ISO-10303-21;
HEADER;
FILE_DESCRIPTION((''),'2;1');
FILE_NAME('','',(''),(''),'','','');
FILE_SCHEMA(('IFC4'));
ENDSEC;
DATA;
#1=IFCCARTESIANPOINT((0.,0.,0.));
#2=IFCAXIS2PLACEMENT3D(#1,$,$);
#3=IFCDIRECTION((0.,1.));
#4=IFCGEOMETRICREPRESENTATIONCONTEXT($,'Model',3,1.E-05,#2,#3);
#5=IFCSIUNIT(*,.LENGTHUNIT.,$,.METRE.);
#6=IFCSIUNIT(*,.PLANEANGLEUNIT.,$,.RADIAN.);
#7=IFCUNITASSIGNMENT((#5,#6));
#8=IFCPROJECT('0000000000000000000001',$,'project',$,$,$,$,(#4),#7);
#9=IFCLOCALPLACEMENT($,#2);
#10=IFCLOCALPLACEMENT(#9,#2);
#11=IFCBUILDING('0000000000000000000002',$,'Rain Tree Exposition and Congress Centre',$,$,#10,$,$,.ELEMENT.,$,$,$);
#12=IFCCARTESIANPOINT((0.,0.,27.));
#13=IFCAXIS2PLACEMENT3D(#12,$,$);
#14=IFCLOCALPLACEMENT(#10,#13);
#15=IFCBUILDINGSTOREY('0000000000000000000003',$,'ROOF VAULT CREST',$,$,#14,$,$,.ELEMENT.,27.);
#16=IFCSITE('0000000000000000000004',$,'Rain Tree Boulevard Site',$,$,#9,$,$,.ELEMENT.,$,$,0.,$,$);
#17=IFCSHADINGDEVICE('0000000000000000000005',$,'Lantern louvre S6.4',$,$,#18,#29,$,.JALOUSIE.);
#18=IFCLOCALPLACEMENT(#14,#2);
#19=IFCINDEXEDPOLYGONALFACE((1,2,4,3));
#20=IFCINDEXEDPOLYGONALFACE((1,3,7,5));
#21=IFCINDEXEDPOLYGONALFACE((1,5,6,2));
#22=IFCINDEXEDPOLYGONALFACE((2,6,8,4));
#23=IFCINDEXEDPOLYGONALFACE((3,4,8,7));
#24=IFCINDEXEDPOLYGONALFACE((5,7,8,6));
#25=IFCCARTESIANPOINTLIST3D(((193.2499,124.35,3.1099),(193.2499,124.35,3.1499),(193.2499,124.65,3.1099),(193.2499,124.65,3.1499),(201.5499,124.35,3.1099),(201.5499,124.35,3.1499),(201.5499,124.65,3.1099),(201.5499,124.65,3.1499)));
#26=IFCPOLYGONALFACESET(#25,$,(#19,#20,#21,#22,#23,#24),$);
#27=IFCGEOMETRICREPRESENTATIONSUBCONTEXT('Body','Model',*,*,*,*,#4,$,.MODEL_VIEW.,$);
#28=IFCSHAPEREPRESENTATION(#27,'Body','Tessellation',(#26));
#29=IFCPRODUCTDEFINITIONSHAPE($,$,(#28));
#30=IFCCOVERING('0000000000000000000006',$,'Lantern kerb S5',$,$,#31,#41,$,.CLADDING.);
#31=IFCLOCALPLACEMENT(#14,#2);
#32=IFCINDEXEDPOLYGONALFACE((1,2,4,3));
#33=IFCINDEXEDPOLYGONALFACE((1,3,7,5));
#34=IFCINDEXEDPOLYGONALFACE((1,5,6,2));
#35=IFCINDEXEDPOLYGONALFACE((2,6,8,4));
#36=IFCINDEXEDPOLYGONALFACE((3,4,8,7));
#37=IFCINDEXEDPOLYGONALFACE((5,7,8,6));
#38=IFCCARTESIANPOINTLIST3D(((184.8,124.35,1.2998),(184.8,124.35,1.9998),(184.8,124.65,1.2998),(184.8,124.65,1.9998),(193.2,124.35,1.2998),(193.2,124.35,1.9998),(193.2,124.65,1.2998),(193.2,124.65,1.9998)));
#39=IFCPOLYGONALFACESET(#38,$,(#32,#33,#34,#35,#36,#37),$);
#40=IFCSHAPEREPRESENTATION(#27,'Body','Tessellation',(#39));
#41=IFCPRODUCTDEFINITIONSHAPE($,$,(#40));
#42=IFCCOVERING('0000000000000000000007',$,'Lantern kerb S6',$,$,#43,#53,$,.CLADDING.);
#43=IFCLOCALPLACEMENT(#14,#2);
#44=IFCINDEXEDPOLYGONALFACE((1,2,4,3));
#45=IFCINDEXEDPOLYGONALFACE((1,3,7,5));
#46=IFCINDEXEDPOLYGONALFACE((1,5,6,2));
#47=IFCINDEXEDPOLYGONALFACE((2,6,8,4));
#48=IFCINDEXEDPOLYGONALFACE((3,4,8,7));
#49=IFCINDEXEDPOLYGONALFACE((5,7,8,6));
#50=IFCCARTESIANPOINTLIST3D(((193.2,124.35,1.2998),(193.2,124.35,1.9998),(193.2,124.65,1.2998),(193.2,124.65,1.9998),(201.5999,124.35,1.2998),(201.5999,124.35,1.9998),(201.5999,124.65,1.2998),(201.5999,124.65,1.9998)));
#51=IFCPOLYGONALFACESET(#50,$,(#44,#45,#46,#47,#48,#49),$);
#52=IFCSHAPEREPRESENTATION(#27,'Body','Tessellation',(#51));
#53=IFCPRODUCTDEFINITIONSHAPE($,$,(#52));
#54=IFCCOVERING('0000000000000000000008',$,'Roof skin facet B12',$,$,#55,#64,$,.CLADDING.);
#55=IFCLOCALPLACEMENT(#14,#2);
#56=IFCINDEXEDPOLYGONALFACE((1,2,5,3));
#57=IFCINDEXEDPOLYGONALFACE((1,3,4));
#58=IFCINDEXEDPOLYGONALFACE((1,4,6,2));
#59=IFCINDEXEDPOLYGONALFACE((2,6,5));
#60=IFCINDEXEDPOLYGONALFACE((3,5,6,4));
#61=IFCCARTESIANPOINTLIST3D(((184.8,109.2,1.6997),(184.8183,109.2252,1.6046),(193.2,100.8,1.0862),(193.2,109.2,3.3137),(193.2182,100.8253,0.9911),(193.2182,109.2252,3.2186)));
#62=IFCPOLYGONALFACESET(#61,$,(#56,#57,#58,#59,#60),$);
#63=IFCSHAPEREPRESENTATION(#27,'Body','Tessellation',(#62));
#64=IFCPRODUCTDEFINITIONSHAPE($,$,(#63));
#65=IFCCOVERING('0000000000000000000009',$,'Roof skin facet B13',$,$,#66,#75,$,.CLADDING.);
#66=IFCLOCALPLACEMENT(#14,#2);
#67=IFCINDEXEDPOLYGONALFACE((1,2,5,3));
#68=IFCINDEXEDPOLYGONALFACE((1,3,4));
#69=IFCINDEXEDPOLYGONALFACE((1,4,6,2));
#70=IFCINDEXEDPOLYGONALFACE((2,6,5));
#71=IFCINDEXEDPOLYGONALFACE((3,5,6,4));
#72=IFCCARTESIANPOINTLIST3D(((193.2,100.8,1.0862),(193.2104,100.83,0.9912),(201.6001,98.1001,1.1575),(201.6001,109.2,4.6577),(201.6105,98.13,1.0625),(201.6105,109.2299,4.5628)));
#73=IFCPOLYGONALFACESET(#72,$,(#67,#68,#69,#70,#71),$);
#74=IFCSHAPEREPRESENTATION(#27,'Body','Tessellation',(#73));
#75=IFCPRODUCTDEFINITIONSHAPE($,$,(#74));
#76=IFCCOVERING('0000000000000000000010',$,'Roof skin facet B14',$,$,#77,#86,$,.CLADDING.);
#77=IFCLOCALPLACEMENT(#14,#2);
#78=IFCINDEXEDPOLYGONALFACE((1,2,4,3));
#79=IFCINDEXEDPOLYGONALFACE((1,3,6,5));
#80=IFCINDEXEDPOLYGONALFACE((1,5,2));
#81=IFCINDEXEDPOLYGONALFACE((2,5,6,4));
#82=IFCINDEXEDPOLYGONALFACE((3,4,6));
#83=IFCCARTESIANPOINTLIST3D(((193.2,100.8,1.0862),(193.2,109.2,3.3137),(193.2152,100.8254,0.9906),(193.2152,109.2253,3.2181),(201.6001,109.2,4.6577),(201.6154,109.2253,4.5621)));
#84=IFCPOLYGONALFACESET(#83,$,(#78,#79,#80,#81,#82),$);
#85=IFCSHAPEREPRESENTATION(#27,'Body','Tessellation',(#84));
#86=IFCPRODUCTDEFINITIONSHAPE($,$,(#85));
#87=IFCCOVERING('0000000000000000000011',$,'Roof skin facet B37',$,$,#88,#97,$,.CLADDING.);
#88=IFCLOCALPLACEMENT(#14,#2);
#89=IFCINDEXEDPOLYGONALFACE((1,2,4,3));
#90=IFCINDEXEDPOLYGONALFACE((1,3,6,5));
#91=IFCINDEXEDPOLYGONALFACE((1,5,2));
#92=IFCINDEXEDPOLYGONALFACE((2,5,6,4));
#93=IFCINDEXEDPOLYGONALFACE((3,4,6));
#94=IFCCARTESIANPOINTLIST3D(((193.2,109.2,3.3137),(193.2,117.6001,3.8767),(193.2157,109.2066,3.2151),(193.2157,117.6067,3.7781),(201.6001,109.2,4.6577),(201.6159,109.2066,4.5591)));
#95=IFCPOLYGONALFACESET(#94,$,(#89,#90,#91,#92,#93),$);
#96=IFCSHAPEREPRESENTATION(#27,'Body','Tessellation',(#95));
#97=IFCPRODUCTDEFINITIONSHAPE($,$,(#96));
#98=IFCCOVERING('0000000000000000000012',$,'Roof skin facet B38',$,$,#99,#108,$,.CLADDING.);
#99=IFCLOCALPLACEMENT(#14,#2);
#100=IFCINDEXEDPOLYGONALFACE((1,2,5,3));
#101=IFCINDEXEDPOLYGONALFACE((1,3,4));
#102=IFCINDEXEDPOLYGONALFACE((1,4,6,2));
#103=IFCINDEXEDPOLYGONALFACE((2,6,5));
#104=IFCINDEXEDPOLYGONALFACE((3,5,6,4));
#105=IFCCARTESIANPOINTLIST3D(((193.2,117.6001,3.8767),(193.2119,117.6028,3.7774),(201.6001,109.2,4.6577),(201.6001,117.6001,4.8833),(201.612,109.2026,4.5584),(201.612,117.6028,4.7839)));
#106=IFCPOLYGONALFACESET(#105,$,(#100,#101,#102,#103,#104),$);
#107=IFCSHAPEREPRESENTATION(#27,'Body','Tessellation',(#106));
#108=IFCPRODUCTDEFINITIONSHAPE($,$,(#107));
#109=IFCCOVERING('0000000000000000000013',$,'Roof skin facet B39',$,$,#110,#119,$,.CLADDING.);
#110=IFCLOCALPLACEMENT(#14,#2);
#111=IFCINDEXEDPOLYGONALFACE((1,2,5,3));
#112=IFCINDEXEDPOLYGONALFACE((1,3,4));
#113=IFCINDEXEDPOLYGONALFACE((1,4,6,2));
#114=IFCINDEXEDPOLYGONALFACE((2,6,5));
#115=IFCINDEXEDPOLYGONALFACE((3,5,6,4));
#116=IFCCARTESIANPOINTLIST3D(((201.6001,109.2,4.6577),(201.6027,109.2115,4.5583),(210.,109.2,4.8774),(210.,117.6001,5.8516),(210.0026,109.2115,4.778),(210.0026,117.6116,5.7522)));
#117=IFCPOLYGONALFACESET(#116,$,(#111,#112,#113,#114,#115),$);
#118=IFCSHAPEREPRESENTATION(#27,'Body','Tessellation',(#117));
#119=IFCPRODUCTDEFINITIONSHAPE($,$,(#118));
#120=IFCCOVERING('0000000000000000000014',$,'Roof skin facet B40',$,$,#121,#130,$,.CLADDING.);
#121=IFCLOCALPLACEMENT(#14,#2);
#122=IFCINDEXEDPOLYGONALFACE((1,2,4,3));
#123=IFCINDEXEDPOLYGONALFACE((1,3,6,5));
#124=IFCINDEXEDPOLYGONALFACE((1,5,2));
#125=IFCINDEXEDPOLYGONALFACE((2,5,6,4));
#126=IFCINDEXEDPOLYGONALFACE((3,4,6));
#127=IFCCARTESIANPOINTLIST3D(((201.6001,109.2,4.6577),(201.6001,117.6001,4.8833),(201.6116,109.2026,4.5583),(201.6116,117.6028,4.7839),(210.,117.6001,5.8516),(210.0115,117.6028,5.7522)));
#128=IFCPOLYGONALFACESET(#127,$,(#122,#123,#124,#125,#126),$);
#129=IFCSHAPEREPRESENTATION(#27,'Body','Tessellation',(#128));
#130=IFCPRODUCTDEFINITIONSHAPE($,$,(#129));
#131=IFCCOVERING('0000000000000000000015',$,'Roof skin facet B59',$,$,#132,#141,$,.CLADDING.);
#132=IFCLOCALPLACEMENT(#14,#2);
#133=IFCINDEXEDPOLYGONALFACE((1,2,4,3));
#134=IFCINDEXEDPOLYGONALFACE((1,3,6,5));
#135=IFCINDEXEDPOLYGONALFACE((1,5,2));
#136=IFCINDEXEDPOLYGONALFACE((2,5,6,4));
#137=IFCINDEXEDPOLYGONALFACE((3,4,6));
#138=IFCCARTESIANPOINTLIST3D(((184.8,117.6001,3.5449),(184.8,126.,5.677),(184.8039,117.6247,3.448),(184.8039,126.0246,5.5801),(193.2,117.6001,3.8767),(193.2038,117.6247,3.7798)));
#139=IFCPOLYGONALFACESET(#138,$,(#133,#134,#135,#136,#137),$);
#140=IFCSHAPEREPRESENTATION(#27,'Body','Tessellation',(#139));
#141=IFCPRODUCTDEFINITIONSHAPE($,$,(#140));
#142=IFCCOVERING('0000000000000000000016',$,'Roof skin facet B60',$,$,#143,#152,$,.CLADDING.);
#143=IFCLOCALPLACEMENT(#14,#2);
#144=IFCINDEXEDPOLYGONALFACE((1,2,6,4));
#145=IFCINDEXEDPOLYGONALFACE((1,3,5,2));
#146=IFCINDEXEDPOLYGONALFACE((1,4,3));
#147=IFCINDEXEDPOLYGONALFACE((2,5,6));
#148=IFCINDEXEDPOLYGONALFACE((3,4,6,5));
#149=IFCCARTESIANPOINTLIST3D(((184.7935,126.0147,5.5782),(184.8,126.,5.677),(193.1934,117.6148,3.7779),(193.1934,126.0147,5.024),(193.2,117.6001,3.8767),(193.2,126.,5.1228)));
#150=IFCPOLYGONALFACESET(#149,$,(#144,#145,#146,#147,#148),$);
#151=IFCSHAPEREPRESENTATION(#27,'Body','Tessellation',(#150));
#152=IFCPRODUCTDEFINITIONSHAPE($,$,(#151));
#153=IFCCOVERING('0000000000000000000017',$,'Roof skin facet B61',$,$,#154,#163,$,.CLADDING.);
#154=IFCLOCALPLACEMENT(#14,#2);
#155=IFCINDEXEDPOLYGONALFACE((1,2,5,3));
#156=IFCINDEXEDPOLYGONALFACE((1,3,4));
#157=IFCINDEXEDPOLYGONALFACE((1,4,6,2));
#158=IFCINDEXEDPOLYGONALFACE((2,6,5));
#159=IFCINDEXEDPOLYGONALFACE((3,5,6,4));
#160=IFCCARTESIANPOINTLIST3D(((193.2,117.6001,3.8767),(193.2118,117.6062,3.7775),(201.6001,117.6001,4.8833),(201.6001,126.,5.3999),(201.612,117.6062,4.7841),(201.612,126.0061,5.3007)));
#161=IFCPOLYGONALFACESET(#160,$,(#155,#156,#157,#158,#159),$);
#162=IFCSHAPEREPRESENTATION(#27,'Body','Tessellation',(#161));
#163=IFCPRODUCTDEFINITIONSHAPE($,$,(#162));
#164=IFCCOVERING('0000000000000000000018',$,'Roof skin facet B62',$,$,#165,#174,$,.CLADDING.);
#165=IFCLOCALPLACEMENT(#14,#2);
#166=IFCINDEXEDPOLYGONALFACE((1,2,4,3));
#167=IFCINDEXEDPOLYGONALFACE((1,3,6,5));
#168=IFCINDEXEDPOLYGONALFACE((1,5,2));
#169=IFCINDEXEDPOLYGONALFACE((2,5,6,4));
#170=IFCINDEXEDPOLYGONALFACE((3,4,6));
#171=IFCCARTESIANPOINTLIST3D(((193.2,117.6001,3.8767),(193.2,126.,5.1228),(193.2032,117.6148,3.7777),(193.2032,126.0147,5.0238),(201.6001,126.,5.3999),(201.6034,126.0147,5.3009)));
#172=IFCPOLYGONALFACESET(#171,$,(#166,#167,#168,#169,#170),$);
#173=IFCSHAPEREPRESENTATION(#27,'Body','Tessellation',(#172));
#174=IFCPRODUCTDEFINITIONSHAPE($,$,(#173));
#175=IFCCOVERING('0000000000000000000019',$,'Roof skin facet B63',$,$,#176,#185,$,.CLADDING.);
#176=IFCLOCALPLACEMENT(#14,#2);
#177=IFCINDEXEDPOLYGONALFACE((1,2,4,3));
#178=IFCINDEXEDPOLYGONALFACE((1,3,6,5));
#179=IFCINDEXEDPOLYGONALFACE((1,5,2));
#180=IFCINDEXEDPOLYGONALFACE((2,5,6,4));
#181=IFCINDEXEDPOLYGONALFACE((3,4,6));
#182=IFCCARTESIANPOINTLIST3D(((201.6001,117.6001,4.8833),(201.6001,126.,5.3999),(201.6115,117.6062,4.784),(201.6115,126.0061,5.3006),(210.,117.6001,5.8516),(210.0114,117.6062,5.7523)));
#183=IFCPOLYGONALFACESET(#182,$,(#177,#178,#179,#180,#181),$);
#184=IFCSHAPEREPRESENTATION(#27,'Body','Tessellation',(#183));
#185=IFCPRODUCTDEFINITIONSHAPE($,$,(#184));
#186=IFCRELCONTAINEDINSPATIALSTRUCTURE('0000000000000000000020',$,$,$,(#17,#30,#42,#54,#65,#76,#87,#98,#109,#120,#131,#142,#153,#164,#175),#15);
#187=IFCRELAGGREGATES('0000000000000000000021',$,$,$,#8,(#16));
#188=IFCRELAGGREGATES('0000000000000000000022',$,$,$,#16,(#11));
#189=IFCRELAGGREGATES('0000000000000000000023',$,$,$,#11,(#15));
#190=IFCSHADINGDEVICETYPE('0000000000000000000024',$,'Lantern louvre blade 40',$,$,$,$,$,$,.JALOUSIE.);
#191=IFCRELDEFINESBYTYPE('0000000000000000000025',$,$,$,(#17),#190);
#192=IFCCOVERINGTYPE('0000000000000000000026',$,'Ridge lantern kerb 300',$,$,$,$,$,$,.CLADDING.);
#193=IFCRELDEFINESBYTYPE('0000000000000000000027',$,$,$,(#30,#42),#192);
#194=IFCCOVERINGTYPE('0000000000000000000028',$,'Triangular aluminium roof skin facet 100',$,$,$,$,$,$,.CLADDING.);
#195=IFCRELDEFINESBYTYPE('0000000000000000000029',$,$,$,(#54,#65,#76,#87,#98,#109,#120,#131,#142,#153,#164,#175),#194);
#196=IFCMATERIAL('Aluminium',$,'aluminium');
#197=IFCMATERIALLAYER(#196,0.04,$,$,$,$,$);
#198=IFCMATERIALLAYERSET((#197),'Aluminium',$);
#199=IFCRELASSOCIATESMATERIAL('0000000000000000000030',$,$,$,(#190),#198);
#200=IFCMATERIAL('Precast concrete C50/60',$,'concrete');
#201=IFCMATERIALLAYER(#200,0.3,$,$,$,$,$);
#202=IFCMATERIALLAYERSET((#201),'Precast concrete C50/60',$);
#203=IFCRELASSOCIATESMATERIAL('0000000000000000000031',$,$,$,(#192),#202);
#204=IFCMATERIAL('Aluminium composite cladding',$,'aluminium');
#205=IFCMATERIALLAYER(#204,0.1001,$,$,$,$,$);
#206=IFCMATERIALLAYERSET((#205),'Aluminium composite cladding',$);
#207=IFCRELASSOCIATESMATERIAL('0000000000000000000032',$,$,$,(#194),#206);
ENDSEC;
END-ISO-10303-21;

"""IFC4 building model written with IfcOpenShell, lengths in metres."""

from ifc_helpers import new_model, si_unit, direction, frame, origin, origin_2d, place, context, subcontext, project, spatial, polyline, rectangle, outline, extrude, material, layer, layer_set, type_object, element, save


model = new_model("IFC4")

# Units and contexts
model_context = context("Model", 3, precision=1e-05, world=origin(), true_north=direction((0.0, 1.0)))
body_context = subcontext(model_context, "Body", "Model", "MODEL_VIEW")
ifc_project = project(units=[si_unit("LENGTHUNIT", "METRE"), si_unit("PLANEANGLEUNIT", "RADIAN")], contexts=[model_context])

# Site, building, storey
site_placement = place(None, origin())
site = spatial("IfcSite", under=ifc_project, at=site_placement, Name="Rain Tree Boulevard Site", CompositionType="ELEMENT", RefElevation=0.0)
building_placement = place(site_placement, origin())
building = spatial("IfcBuilding", under=site, at=building_placement, Name="Rain Tree Exposition and Congress Centre", CompositionType="ELEMENT")
storey_placement = place(building_placement, frame((0.0, 0.0, 27.0)))
storey = spatial("IfcBuildingStorey", under=building, at=storey_placement, Name="ROOF VAULT CREST", CompositionType="ELEMENT", Elevation=27.0)

# Shading device
ifc_material_1 = material(Name="Aluminium", Category="aluminium")
ifc_layer_1 = layer(ifc_material_1, 0.04)
ifc_layer_set_1 = layer_set([ifc_layer_1], Name="Aluminium")
shading_device_type = type_object("IfcShadingDeviceType", Name="Lantern louvre blade 40", PredefinedType="JALOUSIE", material=ifc_layer_set_1)
for number, where, z_axis, x_axis, name in (
    (1, (197.3999, 124.5, 3.1099), (0.0, 0.0, 1.0), (1.0, 0.0, 0.0), "Lantern louvre S6.4"),
):
    element("IfcShadingDevice", number, at=place(storey_placement, frame(where, z_axis=z_axis, x_axis=x_axis)), inside=storey, type_object=shading_device_type, Name=name, PredefinedType="JALOUSIE", context=body_context, shape_type="SweptSolid", body=[
        extrude(rectangle(XDim=8.3, YDim=0.3, at=origin_2d()), origin(), (0.0, 0.0, 1.0), 0.04),
    ])

# Coverings
ifc_material_2 = material(Name="Precast concrete C50/60", Category="concrete")
ifc_layer_2 = layer(ifc_material_2, 0.3)
ifc_layer_set_2 = layer_set([ifc_layer_2], Name="Precast concrete C50/60")
covering_type_1 = type_object("IfcCoveringType", Name="Ridge lantern kerb 300", PredefinedType="CLADDING", material=ifc_layer_set_2)
for number, where, z_axis, x_axis, name in (
    (2, (189.0, 124.5, 1.2998), (0.0, 0.0, 1.0), (1.0, 0.0, 0.0), "Lantern kerb S5"),
    (3, (197.3999, 124.5, 1.2998), (0.0, 0.0, 1.0), (1.0, 0.0, 0.0), "Lantern kerb S6"),
):
    element("IfcCovering", number, at=place(storey_placement, frame(where, z_axis=z_axis, x_axis=x_axis)), inside=storey, type_object=covering_type_1, Name=name, PredefinedType="CLADDING", context=body_context, shape_type="SweptSolid", body=[
        extrude(rectangle(XDim=8.3999, YDim=0.3, at=origin_2d()), origin(), (0.0, 0.0, 1.0), 0.7),
    ])
ifc_material_3 = material(Name="Aluminium composite cladding", Category="aluminium")
ifc_layer_3 = layer(ifc_material_3, 0.1001)
ifc_layer_set_3 = layer_set([ifc_layer_3], Name="Aluminium composite cladding")
covering_type_2 = type_object("IfcCoveringType", Name="Triangular aluminium roof skin facet 100", PredefinedType="CLADDING", material=ifc_layer_set_3)
covering_1_placement = place(storey_placement, frame((193.2, 100.8, 1.0862), z_axis=(-0.182604, -0.252017, 0.950338), x_axis=(0.0, 0.96659, 0.256326)))
element("IfcCovering", 4, at=covering_1_placement, inside=storey, type_object=covering_type_2, Name="Roof skin facet B12", PredefinedType="CLADDING", context=body_context, shape_type="SweptSolid", body=[
    extrude(outline(polyline([(0.0, 0.0), (8.6902, 0.0), (8.2765, 8.5435), (0.0, 0.0)])), origin(), (0.0, 0.0, -1.0), 0.1001),
])
covering_2_placement = place(storey_placement, frame((193.2, 100.8, 1.0862), z_axis=(-0.104188, -0.299106, 0.948515), x_axis=(0.952001, -0.305989, 0.008079)))
element("IfcCovering", 5, at=covering_2_placement, inside=storey, type_object=covering_type_2, Name="Roof skin facet B13", PredefinedType="CLADDING", context=body_context, shape_type="SweptSolid", body=[
    extrude(outline(polyline([(0.0, 0.0), (8.8237, 0.0), (5.4555, 11.1406), (0.0, 0.0)])), origin(), (0.0, 0.0, -1.0), 0.1001),
])
covering_3_placement = place(storey_placement, frame((193.2, 100.8, 1.0862), z_axis=(-0.152834, -0.253315, 0.955235), x_axis=(0.677174, 0.677155, 0.287918)))
element("IfcCovering", 6, at=covering_3_placement, inside=storey, type_object=covering_type_2, Name="Roof skin facet B14", PredefinedType="CLADDING", context=body_context, shape_type="SweptSolid", body=[
    extrude(outline(polyline([(0.0, 0.0), (12.4047, 0.0), (6.3294, 5.9548), (0.0, 0.0)])), origin(), (0.0, 0.0, -1.0), 0.1001),
])
covering_4_placement = place(storey_placement, frame((193.2, 109.2, 3.3137), z_axis=(-0.157642, -0.066035, 0.985286), x_axis=(0.987441, 0.0, 0.157987)))
element("IfcCovering", 7, at=covering_4_placement, inside=storey, type_object=covering_type_2, Name="Roof skin facet B37", PredefinedType="CLADDING", context=body_context, shape_type="SweptSolid", body=[
    extrude(outline(polyline([(0.0, 0.0), (8.507, 0.0), (0.0889, 8.4185), (0.0, 0.0)])), origin(), (0.0, 0.0, -1.0), 0.1001),
])
covering_5_placement = place(storey_placement, frame((201.6001, 109.2, 4.6577), z_axis=(-0.118937, -0.026655, 0.992544), x_axis=(0.0, 0.99964, 0.026845)))
element("IfcCovering", 8, at=covering_5_placement, inside=storey, type_object=covering_type_2, Name="Roof skin facet B38", PredefinedType="CLADDING", context=body_context, shape_type="SweptSolid", body=[
    extrude(outline(polyline([(0.0, 0.0), (8.4032, 0.0), (8.3762, 8.4602), (0.0, 0.0)])), origin(), (0.0, 0.0, -1.0), 0.1001),
])
covering_6_placement = place(storey_placement, frame((201.6001, 109.2, 4.6577), z_axis=(-0.025975, -0.115154, 0.993008), x_axis=(0.999658, 0.0, 0.026149)))
element("IfcCovering", 9, at=covering_6_placement, inside=storey, type_object=covering_type_2, Name="Roof skin facet B39", PredefinedType="CLADDING", context=body_context, shape_type="SweptSolid", body=[
    extrude(outline(polyline([(0.0, 0.0), (8.4028, 0.0), (8.4282, 8.4564), (0.0, 0.0)])), origin(), (0.0, 0.0, -1.0), 0.1001),
])
covering_7_placement = place(storey_placement, frame((201.6001, 109.2, 4.6577), z_axis=(-0.114472, -0.026669, 0.993068), x_axis=(0.703553, 0.703573, 0.099993)))
element("IfcCovering", 10, at=covering_7_placement, inside=storey, type_object=covering_type_2, Name="Roof skin facet B40", PredefinedType="CLADDING", context=body_context, shape_type="SweptSolid", body=[
    extrude(outline(polyline([(0.0, 0.0), (11.9393, 0.0), (5.9327, 5.9512), (0.0, 0.0)])), origin(), (0.0, 0.0, -1.0), 0.1001),
])
covering_8_placement = place(storey_placement, frame((184.8, 117.6001, 3.5449), z_axis=(-0.038257, -0.245841, 0.968555), x_axis=(0.999221, 0.0, 0.039468)))
element("IfcCovering", 11, at=covering_8_placement, inside=storey, type_object=covering_type_2, Name="Roof skin facet B59", PredefinedType="CLADDING", context=body_context, shape_type="SweptSolid", body=[
    extrude(outline(polyline([(0.0, 0.0), (8.4065, 0.0), (0.0841, 8.6659), (0.0, 0.0)])), origin(), (0.0, 0.0, -1.0), 0.1001),
])
covering_9_placement = place(storey_placement, frame((193.2, 117.6001, 3.8767), z_axis=(0.065124, -0.146429, 0.987075), x_axis=(0.0, 0.989175, 0.14674)))
element("IfcCovering", 12, at=covering_9_placement, inside=storey, type_object=covering_type_2, Name="Roof skin facet B60", PredefinedType="CLADDING", context=body_context, shape_type="SweptSolid", body=[
    extrude(outline(polyline([(0.0, 0.0), (8.4918, 0.0), (8.5731, 8.4178), (0.0, 0.0)])), origin(), (0.0, 0.0, -1.0), 0.1001),
])
covering_10_placement = place(storey_placement, frame((193.2, 117.6001, 3.8767), z_axis=(-0.118758, -0.060951, 0.991051), x_axis=(0.992897, 0.0, 0.118979)))
element("IfcCovering", 13, at=covering_10_placement, inside=storey, type_object=covering_type_2, Name="Roof skin facet B61", PredefinedType="CLADDING", context=body_context, shape_type="SweptSolid", body=[
    extrude(outline(polyline([(0.0, 0.0), (8.4602, 0.0), (8.5217, 8.4155), (0.0, 0.0)])), origin(), (0.0, 0.0, -1.0), 0.1001),
])
covering_11_placement = place(storey_placement, frame((193.2, 117.6001, 3.8767), z_axis=(-0.032613, -0.146662, 0.988649), x_axis=(0.701375, 0.701355, 0.12718)))
element("IfcCovering", 14, at=covering_11_placement, inside=storey, type_object=covering_type_2, Name="Roof skin facet B62", PredefinedType="CLADDING", context=body_context, shape_type="SweptSolid", body=[
    extrude(outline(polyline([(0.0, 0.0), (11.9767, 0.0), (6.0498, 5.9591), (0.0, 0.0)])), origin(), (0.0, 0.0, -1.0), 0.1001),
])
covering_12_placement = place(storey_placement, frame((201.6001, 117.6001, 4.8833), z_axis=(-0.114299, -0.060983, 0.991573), x_axis=(0.993422, 0.0, 0.114512)))
element("IfcCovering", 15, at=covering_12_placement, inside=storey, type_object=covering_type_2, Name="Roof skin facet B63", PredefinedType="CLADDING", context=body_context, shape_type="SweptSolid", body=[
    extrude(outline(polyline([(0.0, 0.0), (8.4555, 0.0), (0.0592, 8.4156), (0.0, 0.0)])), origin(), (0.0, 0.0, -1.0), 0.1001),
])

save(model, "model.ifc")
